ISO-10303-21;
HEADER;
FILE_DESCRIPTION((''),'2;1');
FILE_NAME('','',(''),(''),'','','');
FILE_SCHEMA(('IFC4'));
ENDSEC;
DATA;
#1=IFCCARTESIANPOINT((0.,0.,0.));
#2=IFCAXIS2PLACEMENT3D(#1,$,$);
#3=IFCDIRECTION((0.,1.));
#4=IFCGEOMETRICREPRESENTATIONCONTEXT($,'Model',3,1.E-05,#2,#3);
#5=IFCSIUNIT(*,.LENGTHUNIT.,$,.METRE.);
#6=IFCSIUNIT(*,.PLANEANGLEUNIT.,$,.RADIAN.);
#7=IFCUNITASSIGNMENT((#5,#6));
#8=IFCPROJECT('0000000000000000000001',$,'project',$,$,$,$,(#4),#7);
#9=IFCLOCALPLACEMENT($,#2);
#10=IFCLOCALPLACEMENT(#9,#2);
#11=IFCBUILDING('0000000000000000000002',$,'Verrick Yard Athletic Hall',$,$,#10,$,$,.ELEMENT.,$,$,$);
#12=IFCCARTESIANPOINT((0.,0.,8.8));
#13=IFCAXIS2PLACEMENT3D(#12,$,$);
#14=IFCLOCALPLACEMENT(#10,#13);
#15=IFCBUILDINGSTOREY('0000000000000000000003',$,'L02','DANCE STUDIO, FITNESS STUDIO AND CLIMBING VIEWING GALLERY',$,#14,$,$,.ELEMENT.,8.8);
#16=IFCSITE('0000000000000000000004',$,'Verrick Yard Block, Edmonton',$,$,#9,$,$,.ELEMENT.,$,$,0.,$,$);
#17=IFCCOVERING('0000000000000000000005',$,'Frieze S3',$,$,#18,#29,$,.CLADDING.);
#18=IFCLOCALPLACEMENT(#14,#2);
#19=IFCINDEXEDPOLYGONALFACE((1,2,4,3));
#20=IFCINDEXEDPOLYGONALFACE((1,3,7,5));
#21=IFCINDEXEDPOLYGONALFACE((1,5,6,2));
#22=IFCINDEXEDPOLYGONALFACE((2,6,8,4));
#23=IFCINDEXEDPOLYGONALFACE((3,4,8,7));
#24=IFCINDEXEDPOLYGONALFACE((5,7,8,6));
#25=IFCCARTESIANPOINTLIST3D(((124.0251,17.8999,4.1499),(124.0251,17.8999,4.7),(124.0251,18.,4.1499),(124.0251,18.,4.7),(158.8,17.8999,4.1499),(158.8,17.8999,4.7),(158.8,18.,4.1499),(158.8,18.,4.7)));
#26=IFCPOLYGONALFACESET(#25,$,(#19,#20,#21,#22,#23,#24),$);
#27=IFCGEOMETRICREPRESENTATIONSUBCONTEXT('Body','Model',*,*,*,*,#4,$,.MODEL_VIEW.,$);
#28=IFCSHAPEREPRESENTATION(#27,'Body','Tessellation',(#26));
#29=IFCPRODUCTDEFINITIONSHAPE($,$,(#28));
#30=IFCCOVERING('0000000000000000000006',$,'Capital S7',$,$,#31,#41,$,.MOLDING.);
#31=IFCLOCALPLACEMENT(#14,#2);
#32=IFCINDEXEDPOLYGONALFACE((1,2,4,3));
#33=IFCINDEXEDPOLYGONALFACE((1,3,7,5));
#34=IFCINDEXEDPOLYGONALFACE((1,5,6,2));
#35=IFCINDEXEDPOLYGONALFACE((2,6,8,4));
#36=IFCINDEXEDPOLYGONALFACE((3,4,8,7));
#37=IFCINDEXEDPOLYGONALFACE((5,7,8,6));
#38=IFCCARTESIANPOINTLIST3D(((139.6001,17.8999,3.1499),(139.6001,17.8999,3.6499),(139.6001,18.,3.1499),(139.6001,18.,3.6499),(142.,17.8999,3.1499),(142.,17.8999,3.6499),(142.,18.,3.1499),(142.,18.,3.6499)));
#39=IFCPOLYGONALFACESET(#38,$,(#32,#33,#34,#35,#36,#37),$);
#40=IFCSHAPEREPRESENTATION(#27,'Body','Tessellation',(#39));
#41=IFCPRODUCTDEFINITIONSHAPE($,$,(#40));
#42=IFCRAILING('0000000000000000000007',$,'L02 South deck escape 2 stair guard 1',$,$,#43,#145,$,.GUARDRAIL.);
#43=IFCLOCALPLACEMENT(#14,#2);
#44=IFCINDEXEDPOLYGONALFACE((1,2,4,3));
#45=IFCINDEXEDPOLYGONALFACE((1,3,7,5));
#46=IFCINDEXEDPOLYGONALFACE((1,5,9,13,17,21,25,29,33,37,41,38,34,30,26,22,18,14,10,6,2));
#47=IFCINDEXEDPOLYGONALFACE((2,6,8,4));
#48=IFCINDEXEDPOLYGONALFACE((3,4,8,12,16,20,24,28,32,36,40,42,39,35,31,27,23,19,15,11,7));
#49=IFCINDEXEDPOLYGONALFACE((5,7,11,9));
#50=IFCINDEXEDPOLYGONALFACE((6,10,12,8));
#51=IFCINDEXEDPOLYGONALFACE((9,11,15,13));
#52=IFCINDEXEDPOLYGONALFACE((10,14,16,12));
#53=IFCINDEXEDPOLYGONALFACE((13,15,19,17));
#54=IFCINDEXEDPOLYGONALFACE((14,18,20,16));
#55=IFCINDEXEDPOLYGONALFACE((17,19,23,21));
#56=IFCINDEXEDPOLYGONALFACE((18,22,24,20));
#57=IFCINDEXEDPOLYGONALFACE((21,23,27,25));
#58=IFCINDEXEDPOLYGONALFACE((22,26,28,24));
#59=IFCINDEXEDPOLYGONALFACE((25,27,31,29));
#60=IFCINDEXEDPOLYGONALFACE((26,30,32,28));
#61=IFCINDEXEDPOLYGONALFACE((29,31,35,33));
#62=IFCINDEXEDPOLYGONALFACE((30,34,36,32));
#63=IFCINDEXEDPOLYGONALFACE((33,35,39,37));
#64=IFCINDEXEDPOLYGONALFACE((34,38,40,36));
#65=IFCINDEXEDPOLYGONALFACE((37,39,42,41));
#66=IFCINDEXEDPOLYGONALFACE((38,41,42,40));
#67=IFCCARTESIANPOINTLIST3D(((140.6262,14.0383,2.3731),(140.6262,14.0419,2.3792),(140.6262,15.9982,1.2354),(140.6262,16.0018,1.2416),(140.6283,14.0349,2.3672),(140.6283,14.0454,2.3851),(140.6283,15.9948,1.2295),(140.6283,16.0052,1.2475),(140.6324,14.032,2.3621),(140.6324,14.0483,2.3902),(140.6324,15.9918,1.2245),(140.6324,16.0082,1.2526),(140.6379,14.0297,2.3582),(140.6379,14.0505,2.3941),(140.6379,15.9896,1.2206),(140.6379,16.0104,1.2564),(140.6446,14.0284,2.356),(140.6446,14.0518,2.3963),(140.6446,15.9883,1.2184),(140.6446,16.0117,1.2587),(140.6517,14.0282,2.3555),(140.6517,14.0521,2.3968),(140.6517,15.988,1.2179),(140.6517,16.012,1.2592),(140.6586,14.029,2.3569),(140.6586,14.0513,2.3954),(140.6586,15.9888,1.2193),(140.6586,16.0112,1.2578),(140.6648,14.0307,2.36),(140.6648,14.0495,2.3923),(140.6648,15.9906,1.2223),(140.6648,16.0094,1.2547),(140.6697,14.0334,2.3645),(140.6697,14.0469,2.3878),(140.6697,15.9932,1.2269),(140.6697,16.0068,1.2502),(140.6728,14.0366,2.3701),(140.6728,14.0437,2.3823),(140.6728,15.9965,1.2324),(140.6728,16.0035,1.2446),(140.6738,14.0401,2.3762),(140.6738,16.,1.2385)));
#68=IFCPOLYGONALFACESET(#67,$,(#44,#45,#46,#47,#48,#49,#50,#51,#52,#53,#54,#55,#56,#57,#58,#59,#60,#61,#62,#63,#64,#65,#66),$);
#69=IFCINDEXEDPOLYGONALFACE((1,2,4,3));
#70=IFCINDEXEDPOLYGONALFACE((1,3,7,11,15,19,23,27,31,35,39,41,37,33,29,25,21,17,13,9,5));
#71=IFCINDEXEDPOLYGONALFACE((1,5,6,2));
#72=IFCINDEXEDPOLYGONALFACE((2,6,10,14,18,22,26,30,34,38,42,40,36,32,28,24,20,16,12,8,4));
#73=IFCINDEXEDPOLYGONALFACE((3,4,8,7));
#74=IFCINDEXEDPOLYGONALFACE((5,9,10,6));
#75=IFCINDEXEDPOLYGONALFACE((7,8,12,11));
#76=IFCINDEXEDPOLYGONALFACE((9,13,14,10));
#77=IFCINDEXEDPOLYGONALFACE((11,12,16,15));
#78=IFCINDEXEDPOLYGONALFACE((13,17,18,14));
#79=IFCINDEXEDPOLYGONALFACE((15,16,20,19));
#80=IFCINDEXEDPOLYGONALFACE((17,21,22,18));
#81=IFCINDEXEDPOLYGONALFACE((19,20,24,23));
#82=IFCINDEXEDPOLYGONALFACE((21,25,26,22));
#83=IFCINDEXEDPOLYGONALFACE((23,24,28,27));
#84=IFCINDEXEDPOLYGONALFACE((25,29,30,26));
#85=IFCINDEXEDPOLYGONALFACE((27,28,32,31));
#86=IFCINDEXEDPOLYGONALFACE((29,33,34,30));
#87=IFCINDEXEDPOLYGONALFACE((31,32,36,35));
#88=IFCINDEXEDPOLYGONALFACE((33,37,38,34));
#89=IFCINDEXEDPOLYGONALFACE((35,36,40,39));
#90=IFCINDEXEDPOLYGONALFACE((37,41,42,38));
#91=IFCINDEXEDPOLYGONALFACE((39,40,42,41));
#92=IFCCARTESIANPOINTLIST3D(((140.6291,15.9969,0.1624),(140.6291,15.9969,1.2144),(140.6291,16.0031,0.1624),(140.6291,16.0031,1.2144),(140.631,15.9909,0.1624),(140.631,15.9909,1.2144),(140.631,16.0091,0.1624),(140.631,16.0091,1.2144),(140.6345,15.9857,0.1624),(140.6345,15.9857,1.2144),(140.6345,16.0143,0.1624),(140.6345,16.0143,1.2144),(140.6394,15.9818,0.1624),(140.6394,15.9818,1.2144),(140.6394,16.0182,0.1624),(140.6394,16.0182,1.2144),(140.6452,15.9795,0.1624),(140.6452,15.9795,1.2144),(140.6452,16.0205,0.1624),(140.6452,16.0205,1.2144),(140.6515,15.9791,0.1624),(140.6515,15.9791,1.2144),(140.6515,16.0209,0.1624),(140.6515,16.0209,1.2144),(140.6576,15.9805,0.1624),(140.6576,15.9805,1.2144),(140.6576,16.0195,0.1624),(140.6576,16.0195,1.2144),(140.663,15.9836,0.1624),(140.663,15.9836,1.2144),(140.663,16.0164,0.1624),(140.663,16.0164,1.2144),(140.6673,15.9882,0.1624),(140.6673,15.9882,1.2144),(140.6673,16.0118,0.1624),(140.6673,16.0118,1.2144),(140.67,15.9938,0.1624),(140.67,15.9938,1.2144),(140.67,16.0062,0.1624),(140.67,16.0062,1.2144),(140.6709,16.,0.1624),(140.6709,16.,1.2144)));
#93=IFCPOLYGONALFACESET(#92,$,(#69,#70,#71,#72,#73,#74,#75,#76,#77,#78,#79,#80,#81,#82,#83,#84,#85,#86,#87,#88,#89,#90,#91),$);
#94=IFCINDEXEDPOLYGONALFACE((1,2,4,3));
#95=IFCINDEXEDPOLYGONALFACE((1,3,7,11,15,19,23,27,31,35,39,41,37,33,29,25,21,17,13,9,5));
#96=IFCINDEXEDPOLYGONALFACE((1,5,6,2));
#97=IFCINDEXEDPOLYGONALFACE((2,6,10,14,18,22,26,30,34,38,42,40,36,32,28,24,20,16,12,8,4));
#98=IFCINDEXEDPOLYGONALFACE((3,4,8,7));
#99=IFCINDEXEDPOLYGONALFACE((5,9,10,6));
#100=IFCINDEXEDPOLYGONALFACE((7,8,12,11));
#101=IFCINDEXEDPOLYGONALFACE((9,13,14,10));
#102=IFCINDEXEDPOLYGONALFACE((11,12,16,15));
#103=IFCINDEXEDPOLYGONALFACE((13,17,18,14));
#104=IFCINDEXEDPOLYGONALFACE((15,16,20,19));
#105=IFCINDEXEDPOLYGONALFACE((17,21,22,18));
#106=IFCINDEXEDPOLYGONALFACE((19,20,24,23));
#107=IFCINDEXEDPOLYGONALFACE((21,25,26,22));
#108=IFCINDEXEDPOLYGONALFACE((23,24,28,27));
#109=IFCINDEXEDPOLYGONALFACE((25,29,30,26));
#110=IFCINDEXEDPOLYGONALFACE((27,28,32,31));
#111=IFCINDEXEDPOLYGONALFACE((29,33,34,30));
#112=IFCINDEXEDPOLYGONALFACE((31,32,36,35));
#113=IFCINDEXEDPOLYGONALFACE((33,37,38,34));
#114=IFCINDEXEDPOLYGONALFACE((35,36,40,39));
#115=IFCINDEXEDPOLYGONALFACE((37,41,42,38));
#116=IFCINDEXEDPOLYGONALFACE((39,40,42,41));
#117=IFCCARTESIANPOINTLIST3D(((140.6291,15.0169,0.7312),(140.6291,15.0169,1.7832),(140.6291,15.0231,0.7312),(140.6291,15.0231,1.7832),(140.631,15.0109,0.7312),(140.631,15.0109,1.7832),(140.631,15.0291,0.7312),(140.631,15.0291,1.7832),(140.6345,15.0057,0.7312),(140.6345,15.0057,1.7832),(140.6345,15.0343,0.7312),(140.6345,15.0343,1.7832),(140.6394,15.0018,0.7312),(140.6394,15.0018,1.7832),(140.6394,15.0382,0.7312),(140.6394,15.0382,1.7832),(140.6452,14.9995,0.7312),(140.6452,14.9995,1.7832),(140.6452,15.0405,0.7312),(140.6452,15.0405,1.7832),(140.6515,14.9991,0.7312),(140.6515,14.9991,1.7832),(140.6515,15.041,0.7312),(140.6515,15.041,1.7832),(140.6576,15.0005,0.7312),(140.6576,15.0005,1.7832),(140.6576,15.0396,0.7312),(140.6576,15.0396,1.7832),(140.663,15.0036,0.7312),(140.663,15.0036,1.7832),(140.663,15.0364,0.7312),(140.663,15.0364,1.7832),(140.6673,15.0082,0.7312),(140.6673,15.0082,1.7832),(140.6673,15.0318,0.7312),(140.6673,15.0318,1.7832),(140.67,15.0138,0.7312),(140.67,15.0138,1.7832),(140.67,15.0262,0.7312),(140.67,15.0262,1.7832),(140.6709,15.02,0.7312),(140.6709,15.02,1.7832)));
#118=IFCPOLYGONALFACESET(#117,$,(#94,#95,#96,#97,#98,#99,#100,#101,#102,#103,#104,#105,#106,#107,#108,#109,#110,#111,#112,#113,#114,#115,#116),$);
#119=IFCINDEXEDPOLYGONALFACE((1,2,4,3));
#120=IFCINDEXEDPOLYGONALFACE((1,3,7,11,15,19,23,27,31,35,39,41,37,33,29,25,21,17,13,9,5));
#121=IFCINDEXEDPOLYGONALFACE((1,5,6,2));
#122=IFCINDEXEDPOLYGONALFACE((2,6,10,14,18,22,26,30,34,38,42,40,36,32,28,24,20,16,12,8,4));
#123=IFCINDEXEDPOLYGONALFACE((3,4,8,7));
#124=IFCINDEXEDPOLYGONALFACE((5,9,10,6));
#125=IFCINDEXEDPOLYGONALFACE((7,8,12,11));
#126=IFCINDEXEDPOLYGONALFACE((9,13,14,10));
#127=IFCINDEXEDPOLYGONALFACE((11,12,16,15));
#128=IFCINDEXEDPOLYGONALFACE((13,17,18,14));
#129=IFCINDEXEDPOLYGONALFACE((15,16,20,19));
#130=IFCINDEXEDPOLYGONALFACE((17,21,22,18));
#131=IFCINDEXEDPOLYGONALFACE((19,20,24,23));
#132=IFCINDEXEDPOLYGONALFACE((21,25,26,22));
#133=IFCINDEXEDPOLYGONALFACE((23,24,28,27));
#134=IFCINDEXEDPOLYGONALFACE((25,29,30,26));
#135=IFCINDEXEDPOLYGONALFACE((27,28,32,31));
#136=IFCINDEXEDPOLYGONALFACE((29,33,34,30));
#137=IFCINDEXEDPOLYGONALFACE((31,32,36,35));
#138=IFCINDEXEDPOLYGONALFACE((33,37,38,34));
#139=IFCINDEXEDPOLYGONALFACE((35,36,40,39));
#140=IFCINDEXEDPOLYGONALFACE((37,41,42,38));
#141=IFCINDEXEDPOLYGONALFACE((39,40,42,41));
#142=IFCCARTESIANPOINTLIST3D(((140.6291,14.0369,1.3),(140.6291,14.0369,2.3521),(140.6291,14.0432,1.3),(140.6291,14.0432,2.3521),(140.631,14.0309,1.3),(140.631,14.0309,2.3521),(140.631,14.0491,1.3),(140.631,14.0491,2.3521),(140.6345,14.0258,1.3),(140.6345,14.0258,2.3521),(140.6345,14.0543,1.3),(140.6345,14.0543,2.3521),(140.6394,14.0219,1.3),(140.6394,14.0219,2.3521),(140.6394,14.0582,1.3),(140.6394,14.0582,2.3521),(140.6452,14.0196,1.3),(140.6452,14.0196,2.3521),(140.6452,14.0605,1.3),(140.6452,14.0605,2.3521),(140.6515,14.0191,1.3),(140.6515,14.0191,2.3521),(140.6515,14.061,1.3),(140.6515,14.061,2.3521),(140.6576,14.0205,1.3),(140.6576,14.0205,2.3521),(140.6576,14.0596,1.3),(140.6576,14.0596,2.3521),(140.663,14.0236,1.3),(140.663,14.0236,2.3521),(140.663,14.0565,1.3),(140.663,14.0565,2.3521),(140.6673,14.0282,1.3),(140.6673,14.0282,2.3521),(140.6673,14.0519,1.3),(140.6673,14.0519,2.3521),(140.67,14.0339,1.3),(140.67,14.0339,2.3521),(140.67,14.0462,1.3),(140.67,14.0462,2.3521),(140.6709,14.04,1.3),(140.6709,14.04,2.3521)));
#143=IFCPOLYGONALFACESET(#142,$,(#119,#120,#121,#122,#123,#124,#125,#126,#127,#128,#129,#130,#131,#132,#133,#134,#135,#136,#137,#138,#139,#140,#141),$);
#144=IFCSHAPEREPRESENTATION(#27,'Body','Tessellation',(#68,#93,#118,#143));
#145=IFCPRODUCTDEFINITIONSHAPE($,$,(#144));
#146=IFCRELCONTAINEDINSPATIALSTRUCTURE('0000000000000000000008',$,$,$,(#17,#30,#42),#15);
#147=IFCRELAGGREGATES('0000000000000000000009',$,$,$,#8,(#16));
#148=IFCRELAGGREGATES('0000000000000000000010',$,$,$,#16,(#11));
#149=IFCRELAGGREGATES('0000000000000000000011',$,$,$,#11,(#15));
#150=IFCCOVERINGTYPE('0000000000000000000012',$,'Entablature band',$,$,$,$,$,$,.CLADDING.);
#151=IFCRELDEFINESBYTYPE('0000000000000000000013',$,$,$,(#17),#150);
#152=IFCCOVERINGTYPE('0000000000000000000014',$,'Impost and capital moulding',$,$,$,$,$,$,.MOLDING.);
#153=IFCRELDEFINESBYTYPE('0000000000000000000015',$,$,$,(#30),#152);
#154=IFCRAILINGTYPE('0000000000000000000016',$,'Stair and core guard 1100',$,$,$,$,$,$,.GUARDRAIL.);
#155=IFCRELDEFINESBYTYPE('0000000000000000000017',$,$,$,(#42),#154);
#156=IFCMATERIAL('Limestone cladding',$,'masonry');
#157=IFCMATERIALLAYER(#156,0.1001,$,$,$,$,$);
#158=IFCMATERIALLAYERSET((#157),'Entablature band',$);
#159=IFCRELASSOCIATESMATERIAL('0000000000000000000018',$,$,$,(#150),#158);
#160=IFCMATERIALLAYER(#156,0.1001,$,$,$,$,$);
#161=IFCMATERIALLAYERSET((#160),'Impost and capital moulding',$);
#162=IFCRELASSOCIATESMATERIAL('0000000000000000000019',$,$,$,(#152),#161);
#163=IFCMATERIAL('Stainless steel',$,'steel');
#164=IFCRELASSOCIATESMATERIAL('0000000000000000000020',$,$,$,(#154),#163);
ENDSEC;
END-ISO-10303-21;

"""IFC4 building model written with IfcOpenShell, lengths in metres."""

from ifc_helpers import new_model, si_unit, direction, frame, origin, origin_2d, place, context, subcontext, project, spatial, rectangle, circle, extrude, material, layer, layer_set, type_object, element, save


model = new_model("IFC4")

# Units and contexts
model_context = context("Model", 3, precision=1e-05, world=origin(), true_north=direction((0.0, 1.0)))
body_context = subcontext(model_context, "Body", "Model", "MODEL_VIEW")
ifc_project = project(units=[si_unit("LENGTHUNIT", "METRE"), si_unit("PLANEANGLEUNIT", "RADIAN")], contexts=[model_context])

# Site, building, storey
site_placement = place(None, origin())
site = spatial("IfcSite", under=ifc_project, at=site_placement, Name="Verrick Yard Block, Edmonton", CompositionType="ELEMENT", RefElevation=0.0)
building_placement = place(site_placement, origin())
building = spatial("IfcBuilding", under=site, at=building_placement, Name="Verrick Yard Athletic Hall", CompositionType="ELEMENT")
storey_placement = place(building_placement, frame((0.0, 0.0, 8.8)))
storey = spatial("IfcBuildingStorey", under=building, at=storey_placement, Name="L02", Description="DANCE STUDIO, FITNESS STUDIO AND CLIMBING VIEWING GALLERY", CompositionType="ELEMENT", Elevation=8.8)

# Coverings
ifc_material_1 = material(Name="Limestone cladding", Category="masonry")
ifc_layer_1 = layer(ifc_material_1, 0.1001)
ifc_layer_set_1 = layer_set([ifc_layer_1], Name="Entablature band")
covering_type_1 = type_object("IfcCoveringType", Name="Entablature band", PredefinedType="CLADDING", material=ifc_layer_set_1)
covering_1_placement = place(storey_placement, frame((141.4126, 17.95, 4.1499), z_axis=(0.0, 0.0, 1.0), x_axis=(1.0, 0.0, 0.0)))
element("IfcCovering", 1, at=covering_1_placement, inside=storey, type_object=covering_type_1, Name="Frieze S3", PredefinedType="CLADDING", context=body_context, shape_type="SweptSolid", body=[
    extrude(rectangle(XDim=34.7749, YDim=0.1001, at=origin_2d()), origin(), (0.0, 0.0, 1.0), 0.55),
])
ifc_layer_2 = layer(ifc_material_1, 0.1001)
ifc_layer_set_2 = layer_set([ifc_layer_2], Name="Impost and capital moulding")
covering_type_2 = type_object("IfcCoveringType", Name="Impost and capital moulding", PredefinedType="MOLDING", material=ifc_layer_set_2)
covering_2_placement = place(storey_placement, frame((140.8, 17.95, 3.1499), z_axis=(0.0, 0.0, 1.0), x_axis=(1.0, 0.0, 0.0)))
element("IfcCovering", 2, at=covering_2_placement, inside=storey, type_object=covering_type_2, Name="Capital S7", PredefinedType="MOLDING", context=body_context, shape_type="SweptSolid", body=[
    extrude(rectangle(XDim=2.3999, YDim=0.1001, at=origin_2d()), origin(), (0.0, 0.0, 1.0), 0.5),
])

# Railing
ifc_material_2 = material(Name="Stainless steel", Category="steel")
railing_type_1 = type_object("IfcRailingType", Name="Stair and core guard 1100", PredefinedType="GUARDRAIL", material=ifc_material_2)
railing_1_placement = place(storey_placement, frame((140.6499, 16.0, 0.1624)))
element("IfcRailing", 3, at=railing_1_placement, inside=storey, type_object=railing_type_1, Name="L02 South deck escape 2 stair guard 1", PredefinedType="GUARDRAIL", context=body_context, shape_type="SweptSolid", body=[
    extrude(circle(Radius=0.0239, at=origin_2d()), frame((0.0, 0.0, 1.0762), z_axis=(0.0, -0.864855, 0.502021), x_axis=(1.0, 0.0, 0.0)), (0.0, 0.0, 1.0), 2.2661),
    extrude(circle(Radius=0.021, at=origin_2d()), origin(), (0.0, 0.0, 1.0), 1.052),
    extrude(circle(Radius=0.021, at=origin_2d()), frame((0.0, -0.98, 0.5688)), (0.0, 0.0, 1.0), 1.052),
    extrude(circle(Radius=0.021, at=origin_2d()), frame((0.0, -1.96, 1.1377)), (0.0, 0.0, 1.0), 1.052),
])

save(model, "model.ifc")
